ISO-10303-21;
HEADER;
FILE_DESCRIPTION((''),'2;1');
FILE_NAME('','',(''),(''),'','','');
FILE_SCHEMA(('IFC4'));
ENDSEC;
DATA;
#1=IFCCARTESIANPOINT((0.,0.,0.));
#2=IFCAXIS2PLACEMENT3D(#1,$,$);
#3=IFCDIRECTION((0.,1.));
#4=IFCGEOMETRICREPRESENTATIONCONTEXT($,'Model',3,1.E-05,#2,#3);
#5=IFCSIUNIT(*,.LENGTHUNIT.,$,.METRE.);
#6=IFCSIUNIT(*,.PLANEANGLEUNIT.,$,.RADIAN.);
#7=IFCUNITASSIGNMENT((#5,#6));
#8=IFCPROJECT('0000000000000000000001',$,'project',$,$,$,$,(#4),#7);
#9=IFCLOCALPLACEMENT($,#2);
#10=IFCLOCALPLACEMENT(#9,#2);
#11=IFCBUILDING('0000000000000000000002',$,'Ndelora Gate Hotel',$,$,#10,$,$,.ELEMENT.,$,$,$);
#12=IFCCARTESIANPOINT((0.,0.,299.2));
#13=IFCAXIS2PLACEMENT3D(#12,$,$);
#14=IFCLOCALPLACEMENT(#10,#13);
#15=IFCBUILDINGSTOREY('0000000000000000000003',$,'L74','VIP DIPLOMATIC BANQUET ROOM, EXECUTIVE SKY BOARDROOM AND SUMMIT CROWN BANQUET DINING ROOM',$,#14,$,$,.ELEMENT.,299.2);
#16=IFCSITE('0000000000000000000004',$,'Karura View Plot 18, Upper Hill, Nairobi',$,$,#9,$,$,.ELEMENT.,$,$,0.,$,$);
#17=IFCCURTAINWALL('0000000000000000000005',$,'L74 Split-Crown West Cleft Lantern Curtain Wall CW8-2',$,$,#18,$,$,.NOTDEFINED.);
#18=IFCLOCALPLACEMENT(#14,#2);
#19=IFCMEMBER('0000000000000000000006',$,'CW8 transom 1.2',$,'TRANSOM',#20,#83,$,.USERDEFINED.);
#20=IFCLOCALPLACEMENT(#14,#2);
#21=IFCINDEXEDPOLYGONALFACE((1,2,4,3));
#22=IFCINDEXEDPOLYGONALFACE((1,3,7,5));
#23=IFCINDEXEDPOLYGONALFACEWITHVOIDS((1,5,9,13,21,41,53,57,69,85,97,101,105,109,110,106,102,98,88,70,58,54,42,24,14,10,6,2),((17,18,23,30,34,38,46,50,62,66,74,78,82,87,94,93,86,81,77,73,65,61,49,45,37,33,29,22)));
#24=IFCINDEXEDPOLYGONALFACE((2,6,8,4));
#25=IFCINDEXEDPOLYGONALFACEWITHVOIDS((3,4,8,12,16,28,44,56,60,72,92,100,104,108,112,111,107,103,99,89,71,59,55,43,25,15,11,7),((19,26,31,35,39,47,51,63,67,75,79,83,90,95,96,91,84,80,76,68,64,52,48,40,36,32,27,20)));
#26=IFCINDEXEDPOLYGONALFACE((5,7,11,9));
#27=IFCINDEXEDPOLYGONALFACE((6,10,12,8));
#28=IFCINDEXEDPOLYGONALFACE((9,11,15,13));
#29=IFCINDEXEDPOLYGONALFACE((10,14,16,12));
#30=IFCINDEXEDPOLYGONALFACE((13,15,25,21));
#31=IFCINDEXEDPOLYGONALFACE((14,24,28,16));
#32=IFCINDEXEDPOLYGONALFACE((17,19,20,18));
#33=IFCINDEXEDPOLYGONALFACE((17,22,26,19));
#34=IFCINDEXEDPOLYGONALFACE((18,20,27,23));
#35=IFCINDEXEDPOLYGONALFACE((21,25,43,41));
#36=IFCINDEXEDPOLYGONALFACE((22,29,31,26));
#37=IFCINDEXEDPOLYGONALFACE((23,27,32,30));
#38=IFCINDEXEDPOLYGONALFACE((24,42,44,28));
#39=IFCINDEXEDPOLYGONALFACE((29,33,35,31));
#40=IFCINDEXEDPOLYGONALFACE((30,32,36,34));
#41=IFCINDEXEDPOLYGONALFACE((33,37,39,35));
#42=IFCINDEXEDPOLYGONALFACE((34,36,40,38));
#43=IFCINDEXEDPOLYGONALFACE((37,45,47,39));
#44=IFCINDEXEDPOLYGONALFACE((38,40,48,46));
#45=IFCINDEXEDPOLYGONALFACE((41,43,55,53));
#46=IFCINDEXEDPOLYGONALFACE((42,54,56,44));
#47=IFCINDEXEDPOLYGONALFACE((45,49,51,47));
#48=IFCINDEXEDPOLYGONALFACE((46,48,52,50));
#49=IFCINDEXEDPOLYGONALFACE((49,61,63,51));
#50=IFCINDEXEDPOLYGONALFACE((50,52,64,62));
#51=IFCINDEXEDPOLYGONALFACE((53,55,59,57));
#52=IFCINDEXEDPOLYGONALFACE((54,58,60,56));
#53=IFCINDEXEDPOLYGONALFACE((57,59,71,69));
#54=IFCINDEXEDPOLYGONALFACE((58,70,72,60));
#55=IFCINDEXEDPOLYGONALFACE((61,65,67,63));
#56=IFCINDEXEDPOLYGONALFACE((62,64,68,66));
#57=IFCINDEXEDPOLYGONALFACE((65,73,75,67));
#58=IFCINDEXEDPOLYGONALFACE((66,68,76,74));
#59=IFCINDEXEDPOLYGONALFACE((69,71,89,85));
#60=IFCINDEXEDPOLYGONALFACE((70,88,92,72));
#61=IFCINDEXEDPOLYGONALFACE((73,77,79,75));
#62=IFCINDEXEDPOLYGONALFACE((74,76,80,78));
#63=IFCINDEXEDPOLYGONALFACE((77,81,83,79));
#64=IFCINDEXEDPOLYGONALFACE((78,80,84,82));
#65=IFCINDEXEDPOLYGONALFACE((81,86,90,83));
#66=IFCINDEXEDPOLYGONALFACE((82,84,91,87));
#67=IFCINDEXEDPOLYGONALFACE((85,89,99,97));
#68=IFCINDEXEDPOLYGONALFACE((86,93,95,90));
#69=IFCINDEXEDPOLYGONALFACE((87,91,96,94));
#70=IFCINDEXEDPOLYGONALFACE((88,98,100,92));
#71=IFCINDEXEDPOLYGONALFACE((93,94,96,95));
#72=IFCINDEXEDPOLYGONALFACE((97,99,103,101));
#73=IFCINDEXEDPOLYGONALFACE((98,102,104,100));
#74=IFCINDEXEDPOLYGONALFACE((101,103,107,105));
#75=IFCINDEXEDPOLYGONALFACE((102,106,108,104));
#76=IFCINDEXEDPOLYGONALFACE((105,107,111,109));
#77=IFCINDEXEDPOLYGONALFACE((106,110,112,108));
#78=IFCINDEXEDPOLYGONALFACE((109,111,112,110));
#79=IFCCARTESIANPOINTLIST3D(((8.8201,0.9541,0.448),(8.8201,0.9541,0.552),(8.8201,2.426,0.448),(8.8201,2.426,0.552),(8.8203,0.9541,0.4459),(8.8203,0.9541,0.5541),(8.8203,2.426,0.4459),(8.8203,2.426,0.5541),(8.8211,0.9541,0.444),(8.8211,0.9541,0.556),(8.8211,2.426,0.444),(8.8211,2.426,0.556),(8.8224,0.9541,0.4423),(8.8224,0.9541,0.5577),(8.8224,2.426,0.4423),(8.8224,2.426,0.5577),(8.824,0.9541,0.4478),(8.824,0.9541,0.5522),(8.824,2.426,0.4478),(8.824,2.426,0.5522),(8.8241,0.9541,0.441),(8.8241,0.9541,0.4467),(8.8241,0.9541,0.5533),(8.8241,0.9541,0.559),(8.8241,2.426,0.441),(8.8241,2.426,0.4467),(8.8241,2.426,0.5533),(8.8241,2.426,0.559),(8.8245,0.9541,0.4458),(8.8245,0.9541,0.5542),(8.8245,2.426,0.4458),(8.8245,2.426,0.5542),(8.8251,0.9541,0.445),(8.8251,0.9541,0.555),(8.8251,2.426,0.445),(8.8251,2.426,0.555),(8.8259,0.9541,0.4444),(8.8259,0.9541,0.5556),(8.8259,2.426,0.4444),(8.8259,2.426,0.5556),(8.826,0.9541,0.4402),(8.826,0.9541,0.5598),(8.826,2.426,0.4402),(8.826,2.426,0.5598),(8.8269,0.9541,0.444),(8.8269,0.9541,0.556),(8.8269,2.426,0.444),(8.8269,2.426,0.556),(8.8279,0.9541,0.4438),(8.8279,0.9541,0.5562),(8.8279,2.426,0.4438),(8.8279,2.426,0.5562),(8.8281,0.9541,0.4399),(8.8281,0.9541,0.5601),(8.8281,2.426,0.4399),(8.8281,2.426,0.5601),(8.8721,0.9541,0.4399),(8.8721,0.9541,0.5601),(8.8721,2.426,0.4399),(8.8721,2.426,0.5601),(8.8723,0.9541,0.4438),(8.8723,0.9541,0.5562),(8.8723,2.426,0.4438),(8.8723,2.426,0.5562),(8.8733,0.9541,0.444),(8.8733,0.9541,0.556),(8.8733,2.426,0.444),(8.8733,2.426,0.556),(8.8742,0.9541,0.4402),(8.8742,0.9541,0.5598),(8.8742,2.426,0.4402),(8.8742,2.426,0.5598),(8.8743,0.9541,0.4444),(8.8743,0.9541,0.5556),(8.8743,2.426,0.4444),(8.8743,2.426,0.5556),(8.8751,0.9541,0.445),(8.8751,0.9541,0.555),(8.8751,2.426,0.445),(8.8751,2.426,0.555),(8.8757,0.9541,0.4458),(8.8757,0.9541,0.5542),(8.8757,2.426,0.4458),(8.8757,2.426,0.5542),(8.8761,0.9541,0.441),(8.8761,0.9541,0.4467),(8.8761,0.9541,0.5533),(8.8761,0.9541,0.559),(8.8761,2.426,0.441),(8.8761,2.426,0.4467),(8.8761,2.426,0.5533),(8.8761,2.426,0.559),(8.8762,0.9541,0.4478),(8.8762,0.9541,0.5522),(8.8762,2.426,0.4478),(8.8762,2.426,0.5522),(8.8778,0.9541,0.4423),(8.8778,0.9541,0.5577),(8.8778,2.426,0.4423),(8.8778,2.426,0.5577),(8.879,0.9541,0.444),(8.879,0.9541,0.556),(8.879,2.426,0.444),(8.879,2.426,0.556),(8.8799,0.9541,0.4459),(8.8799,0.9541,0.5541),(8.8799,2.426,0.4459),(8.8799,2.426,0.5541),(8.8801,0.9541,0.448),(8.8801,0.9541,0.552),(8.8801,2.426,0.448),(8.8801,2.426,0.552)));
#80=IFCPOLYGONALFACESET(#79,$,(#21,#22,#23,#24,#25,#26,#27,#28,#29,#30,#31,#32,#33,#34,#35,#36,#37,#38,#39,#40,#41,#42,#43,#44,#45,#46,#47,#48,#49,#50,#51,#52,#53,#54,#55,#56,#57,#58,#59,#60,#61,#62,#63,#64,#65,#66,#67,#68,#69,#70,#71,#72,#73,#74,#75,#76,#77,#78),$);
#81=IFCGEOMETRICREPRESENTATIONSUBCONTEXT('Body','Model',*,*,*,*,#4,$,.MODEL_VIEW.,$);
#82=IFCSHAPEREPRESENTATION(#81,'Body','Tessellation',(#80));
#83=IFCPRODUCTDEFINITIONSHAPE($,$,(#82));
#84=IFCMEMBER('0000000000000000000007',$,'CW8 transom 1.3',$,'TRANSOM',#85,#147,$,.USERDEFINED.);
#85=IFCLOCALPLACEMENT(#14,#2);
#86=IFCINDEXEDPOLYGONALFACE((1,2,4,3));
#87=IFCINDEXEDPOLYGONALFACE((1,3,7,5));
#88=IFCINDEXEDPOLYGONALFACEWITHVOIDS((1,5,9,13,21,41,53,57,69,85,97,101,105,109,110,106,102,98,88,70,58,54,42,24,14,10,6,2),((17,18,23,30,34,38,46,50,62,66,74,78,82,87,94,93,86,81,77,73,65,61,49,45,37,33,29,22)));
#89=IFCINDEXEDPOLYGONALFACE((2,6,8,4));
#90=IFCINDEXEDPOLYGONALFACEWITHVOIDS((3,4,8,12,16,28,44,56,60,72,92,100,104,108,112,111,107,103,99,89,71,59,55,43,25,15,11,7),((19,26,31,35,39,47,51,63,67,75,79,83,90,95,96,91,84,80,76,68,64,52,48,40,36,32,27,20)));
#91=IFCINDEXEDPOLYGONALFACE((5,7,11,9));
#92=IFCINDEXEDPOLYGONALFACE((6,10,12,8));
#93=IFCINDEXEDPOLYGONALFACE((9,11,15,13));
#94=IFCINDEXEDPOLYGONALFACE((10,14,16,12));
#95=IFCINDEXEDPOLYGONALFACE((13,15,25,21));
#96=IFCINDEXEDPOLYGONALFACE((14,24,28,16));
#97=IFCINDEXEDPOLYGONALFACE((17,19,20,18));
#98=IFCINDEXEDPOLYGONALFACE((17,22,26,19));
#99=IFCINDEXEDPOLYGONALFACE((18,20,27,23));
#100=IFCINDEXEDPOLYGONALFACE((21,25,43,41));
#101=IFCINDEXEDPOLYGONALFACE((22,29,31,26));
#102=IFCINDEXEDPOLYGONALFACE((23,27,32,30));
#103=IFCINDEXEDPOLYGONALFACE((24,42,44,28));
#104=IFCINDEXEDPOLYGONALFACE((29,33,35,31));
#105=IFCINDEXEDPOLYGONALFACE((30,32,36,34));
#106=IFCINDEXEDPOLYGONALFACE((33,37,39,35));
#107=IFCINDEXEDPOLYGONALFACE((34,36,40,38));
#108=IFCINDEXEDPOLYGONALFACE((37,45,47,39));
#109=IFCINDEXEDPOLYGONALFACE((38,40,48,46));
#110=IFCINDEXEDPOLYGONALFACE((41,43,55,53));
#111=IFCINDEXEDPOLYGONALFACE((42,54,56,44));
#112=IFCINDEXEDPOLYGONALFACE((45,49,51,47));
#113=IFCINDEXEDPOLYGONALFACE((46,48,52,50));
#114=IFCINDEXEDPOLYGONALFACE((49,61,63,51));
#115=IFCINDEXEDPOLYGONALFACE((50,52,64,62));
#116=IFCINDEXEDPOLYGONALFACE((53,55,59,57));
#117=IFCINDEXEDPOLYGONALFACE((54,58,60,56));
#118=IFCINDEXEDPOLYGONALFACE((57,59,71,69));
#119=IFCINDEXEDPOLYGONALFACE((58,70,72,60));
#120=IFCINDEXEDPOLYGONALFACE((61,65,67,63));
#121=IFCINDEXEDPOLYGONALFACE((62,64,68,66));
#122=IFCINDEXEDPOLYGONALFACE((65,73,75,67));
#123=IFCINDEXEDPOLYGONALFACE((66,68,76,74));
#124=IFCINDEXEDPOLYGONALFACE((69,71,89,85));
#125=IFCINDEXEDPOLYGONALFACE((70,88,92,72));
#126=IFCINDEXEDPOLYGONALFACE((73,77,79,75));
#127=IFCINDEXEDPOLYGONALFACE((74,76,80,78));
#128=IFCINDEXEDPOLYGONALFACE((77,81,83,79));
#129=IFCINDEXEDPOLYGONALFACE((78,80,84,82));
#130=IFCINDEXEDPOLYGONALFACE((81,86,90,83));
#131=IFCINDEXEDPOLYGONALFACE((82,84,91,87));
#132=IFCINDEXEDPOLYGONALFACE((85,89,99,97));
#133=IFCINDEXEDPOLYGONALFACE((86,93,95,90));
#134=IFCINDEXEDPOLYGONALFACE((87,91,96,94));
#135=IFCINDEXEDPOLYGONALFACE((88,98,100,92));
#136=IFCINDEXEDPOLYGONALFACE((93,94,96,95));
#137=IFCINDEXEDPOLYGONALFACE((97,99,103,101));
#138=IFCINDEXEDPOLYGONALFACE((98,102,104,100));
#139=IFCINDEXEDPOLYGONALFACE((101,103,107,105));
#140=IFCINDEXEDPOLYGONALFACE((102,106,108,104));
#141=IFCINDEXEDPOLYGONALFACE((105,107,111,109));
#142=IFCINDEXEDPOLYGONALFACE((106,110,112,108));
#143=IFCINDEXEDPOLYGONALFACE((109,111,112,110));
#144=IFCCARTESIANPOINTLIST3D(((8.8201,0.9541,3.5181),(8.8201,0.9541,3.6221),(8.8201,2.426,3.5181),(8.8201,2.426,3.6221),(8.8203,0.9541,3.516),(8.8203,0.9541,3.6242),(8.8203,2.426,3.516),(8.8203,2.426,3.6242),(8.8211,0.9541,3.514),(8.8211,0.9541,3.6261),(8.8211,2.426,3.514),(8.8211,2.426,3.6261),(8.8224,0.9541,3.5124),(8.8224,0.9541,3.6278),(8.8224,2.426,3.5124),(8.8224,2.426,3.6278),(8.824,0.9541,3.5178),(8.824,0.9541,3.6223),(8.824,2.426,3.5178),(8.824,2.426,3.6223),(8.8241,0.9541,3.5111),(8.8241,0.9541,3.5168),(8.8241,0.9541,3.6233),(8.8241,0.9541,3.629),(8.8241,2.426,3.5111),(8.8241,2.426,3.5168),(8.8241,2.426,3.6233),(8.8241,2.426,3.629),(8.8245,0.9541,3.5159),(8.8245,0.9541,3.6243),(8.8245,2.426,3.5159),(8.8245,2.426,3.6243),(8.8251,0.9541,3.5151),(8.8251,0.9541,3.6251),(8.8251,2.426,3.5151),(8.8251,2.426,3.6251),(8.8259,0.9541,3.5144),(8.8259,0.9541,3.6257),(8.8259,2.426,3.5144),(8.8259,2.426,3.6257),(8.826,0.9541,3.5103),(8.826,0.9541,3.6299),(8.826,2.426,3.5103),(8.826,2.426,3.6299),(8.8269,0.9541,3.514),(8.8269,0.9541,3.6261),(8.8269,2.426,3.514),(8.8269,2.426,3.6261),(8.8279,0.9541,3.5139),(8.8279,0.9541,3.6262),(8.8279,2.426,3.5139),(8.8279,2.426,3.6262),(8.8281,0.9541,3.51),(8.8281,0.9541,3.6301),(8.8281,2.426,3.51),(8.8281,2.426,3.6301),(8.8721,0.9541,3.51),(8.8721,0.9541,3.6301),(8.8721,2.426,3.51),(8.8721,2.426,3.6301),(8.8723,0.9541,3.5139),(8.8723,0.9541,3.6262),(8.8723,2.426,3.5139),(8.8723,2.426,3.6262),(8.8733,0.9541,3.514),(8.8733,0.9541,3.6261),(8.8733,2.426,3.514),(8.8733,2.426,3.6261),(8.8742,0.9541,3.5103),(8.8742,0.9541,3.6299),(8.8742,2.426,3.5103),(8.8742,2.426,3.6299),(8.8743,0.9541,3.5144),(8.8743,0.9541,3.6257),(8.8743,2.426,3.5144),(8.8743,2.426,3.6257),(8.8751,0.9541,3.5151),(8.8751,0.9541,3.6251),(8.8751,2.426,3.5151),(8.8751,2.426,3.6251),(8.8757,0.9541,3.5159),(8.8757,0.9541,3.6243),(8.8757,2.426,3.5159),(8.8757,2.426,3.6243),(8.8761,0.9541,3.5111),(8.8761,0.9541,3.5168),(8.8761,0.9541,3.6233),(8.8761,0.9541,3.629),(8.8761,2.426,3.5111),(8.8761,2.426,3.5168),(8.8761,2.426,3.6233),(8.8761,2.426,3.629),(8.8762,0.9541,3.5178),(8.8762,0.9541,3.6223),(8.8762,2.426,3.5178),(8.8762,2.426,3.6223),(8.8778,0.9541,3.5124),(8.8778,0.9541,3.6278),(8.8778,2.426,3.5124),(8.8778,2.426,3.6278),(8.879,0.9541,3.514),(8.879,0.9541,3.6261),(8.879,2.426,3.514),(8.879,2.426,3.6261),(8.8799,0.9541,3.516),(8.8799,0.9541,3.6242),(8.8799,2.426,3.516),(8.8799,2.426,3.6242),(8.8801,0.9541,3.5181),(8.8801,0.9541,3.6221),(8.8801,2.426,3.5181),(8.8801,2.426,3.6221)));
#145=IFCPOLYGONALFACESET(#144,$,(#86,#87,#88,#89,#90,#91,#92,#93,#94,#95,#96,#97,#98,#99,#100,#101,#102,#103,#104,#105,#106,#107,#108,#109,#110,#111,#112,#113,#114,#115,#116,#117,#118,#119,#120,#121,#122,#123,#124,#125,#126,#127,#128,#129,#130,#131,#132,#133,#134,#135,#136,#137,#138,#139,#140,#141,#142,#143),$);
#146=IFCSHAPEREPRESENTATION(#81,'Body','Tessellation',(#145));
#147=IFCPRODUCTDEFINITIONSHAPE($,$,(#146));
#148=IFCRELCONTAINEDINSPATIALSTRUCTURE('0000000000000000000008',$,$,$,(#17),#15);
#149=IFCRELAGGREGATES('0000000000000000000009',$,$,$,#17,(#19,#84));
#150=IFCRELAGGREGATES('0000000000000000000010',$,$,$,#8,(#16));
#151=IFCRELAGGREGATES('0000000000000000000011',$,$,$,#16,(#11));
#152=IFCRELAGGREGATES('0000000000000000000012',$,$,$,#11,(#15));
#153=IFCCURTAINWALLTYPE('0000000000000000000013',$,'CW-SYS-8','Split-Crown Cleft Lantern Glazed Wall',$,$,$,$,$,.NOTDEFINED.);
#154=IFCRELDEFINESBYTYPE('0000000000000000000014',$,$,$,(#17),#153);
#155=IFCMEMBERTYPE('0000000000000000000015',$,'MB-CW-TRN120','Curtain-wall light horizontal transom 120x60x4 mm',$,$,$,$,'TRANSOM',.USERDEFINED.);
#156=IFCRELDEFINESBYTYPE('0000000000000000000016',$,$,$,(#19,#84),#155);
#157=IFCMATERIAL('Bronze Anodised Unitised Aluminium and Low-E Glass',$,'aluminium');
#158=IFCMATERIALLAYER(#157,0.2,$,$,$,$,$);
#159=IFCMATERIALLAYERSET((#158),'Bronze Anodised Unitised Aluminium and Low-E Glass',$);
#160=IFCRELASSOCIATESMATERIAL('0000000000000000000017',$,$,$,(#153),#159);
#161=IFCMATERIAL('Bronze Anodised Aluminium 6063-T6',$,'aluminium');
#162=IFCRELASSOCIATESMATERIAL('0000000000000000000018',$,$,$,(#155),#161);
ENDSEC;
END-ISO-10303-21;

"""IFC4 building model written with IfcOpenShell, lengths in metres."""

from ifc_helpers import new_model, si_unit, direction, frame, origin, origin_2d, place, context, subcontext, project, spatial, hollow_rectangle, extrude, material, layer, layer_set, material_profile, profile_set, type_object, element, aggregate, save


model = new_model("IFC4")

# Units and contexts
model_context = context("Model", 3, precision=1e-05, world=origin(), true_north=direction((0.0, 1.0)))
body_context = subcontext(model_context, "Body", "Model", "MODEL_VIEW")
ifc_project = project(units=[si_unit("LENGTHUNIT", "METRE"), si_unit("PLANEANGLEUNIT", "RADIAN")], contexts=[model_context])

# Site, building, storey
site_placement = place(None, origin())
site = spatial("IfcSite", under=ifc_project, at=site_placement, Name="Karura View Plot 18, Upper Hill, Nairobi", CompositionType="ELEMENT", RefElevation=0.0)
building_placement = place(site_placement, origin())
building = spatial("IfcBuilding", under=site, at=building_placement, Name="Ndelora Gate Hotel", CompositionType="ELEMENT")
storey_placement = place(building_placement, frame((0.0, 0.0, 299.2)))
storey = spatial("IfcBuildingStorey", under=building, at=storey_placement, Name="L74", Description="VIP DIPLOMATIC BANQUET ROOM, EXECUTIVE SKY BOARDROOM AND SUMMIT CROWN BANQUET DINING ROOM", CompositionType="ELEMENT", Elevation=299.2)

# Curtain wall, members
ifc_material_1 = material(Name="Bronze Anodised Unitised Aluminium and Low-E Glass", Category="aluminium")
ifc_layer_1 = layer(ifc_material_1, 0.2)
ifc_layer_set_1 = layer_set([ifc_layer_1], Name="Bronze Anodised Unitised Aluminium and Low-E Glass")
curtain_wall_type = type_object("IfcCurtainWallType", Name="CW-SYS-8", Description="Split-Crown Cleft Lantern Glazed Wall", PredefinedType="NOTDEFINED", material=ifc_layer_set_1)
curtain_wall_placement = place(storey_placement, origin())
curtain_wall = element("IfcCurtainWall", 1, at=curtain_wall_placement, inside=storey, type_object=curtain_wall_type, Name="L74 Split-Crown West Cleft Lantern Curtain Wall CW8-2", PredefinedType="NOTDEFINED")
ifc_material_2 = material(Name="Bronze Anodised Aluminium 6063-T6", Category="aluminium")
ifc_material_profile_1 = material_profile(ifc_material_2, hollow_rectangle(XDim=0.0601, YDim=0.1201, WallThickness=0.0039, InnerFilletRadius=0.0039, OuterFilletRadius=0.0081, at=origin_2d()), Name="ALU 120x60x4")
ifc_profile_set_1 = profile_set([ifc_material_profile_1], Name="Bronze Anodised Aluminium 6063-T6")
member_type_1 = type_object("IfcMemberType", Name="MB-CW-TRN120", Description="Curtain-wall light horizontal transom 120x60x4 mm", ElementType="TRANSOM", PredefinedType="USERDEFINED", material=ifc_profile_set_1)
member_1_placement = place(storey_placement, frame((8.8501, 0.9541, 0.5), z_axis=(0.0, 1.0, 0.0), x_axis=(-1.0, 0.0, 0.0)))
member_1 = element("IfcMember", 2, at=member_1_placement, type_object=member_type_1, Name="CW8 transom 1.2", ObjectType="TRANSOM", PredefinedType="USERDEFINED", context=body_context, shape_type="SweptSolid", body=[
    extrude(hollow_rectangle(XDim=0.0601, YDim=0.1201, WallThickness=0.0039, InnerFilletRadius=0.0039, OuterFilletRadius=0.0081, at=origin_2d()), origin(), (0.0, 0.0, 1.0), 1.4719),
])
member_2_placement = place(storey_placement, frame((8.8501, 0.9541, 3.5701), z_axis=(0.0, 1.0, 0.0), x_axis=(-1.0, 0.0, 0.0)))
member_2 = element("IfcMember", 3, at=member_2_placement, type_object=member_type_1, Name="CW8 transom 1.3", ObjectType="TRANSOM", PredefinedType="USERDEFINED", context=body_context, shape_type="SweptSolid", body=[
    extrude(hollow_rectangle(XDim=0.0601, YDim=0.1201, WallThickness=0.0039, InnerFilletRadius=0.0039, OuterFilletRadius=0.0081, at=origin_2d()), origin(), (0.0, 0.0, 1.0), 1.4719),
])
aggregate(curtain_wall, [member_1, member_2])

save(model, "model.ifc")
